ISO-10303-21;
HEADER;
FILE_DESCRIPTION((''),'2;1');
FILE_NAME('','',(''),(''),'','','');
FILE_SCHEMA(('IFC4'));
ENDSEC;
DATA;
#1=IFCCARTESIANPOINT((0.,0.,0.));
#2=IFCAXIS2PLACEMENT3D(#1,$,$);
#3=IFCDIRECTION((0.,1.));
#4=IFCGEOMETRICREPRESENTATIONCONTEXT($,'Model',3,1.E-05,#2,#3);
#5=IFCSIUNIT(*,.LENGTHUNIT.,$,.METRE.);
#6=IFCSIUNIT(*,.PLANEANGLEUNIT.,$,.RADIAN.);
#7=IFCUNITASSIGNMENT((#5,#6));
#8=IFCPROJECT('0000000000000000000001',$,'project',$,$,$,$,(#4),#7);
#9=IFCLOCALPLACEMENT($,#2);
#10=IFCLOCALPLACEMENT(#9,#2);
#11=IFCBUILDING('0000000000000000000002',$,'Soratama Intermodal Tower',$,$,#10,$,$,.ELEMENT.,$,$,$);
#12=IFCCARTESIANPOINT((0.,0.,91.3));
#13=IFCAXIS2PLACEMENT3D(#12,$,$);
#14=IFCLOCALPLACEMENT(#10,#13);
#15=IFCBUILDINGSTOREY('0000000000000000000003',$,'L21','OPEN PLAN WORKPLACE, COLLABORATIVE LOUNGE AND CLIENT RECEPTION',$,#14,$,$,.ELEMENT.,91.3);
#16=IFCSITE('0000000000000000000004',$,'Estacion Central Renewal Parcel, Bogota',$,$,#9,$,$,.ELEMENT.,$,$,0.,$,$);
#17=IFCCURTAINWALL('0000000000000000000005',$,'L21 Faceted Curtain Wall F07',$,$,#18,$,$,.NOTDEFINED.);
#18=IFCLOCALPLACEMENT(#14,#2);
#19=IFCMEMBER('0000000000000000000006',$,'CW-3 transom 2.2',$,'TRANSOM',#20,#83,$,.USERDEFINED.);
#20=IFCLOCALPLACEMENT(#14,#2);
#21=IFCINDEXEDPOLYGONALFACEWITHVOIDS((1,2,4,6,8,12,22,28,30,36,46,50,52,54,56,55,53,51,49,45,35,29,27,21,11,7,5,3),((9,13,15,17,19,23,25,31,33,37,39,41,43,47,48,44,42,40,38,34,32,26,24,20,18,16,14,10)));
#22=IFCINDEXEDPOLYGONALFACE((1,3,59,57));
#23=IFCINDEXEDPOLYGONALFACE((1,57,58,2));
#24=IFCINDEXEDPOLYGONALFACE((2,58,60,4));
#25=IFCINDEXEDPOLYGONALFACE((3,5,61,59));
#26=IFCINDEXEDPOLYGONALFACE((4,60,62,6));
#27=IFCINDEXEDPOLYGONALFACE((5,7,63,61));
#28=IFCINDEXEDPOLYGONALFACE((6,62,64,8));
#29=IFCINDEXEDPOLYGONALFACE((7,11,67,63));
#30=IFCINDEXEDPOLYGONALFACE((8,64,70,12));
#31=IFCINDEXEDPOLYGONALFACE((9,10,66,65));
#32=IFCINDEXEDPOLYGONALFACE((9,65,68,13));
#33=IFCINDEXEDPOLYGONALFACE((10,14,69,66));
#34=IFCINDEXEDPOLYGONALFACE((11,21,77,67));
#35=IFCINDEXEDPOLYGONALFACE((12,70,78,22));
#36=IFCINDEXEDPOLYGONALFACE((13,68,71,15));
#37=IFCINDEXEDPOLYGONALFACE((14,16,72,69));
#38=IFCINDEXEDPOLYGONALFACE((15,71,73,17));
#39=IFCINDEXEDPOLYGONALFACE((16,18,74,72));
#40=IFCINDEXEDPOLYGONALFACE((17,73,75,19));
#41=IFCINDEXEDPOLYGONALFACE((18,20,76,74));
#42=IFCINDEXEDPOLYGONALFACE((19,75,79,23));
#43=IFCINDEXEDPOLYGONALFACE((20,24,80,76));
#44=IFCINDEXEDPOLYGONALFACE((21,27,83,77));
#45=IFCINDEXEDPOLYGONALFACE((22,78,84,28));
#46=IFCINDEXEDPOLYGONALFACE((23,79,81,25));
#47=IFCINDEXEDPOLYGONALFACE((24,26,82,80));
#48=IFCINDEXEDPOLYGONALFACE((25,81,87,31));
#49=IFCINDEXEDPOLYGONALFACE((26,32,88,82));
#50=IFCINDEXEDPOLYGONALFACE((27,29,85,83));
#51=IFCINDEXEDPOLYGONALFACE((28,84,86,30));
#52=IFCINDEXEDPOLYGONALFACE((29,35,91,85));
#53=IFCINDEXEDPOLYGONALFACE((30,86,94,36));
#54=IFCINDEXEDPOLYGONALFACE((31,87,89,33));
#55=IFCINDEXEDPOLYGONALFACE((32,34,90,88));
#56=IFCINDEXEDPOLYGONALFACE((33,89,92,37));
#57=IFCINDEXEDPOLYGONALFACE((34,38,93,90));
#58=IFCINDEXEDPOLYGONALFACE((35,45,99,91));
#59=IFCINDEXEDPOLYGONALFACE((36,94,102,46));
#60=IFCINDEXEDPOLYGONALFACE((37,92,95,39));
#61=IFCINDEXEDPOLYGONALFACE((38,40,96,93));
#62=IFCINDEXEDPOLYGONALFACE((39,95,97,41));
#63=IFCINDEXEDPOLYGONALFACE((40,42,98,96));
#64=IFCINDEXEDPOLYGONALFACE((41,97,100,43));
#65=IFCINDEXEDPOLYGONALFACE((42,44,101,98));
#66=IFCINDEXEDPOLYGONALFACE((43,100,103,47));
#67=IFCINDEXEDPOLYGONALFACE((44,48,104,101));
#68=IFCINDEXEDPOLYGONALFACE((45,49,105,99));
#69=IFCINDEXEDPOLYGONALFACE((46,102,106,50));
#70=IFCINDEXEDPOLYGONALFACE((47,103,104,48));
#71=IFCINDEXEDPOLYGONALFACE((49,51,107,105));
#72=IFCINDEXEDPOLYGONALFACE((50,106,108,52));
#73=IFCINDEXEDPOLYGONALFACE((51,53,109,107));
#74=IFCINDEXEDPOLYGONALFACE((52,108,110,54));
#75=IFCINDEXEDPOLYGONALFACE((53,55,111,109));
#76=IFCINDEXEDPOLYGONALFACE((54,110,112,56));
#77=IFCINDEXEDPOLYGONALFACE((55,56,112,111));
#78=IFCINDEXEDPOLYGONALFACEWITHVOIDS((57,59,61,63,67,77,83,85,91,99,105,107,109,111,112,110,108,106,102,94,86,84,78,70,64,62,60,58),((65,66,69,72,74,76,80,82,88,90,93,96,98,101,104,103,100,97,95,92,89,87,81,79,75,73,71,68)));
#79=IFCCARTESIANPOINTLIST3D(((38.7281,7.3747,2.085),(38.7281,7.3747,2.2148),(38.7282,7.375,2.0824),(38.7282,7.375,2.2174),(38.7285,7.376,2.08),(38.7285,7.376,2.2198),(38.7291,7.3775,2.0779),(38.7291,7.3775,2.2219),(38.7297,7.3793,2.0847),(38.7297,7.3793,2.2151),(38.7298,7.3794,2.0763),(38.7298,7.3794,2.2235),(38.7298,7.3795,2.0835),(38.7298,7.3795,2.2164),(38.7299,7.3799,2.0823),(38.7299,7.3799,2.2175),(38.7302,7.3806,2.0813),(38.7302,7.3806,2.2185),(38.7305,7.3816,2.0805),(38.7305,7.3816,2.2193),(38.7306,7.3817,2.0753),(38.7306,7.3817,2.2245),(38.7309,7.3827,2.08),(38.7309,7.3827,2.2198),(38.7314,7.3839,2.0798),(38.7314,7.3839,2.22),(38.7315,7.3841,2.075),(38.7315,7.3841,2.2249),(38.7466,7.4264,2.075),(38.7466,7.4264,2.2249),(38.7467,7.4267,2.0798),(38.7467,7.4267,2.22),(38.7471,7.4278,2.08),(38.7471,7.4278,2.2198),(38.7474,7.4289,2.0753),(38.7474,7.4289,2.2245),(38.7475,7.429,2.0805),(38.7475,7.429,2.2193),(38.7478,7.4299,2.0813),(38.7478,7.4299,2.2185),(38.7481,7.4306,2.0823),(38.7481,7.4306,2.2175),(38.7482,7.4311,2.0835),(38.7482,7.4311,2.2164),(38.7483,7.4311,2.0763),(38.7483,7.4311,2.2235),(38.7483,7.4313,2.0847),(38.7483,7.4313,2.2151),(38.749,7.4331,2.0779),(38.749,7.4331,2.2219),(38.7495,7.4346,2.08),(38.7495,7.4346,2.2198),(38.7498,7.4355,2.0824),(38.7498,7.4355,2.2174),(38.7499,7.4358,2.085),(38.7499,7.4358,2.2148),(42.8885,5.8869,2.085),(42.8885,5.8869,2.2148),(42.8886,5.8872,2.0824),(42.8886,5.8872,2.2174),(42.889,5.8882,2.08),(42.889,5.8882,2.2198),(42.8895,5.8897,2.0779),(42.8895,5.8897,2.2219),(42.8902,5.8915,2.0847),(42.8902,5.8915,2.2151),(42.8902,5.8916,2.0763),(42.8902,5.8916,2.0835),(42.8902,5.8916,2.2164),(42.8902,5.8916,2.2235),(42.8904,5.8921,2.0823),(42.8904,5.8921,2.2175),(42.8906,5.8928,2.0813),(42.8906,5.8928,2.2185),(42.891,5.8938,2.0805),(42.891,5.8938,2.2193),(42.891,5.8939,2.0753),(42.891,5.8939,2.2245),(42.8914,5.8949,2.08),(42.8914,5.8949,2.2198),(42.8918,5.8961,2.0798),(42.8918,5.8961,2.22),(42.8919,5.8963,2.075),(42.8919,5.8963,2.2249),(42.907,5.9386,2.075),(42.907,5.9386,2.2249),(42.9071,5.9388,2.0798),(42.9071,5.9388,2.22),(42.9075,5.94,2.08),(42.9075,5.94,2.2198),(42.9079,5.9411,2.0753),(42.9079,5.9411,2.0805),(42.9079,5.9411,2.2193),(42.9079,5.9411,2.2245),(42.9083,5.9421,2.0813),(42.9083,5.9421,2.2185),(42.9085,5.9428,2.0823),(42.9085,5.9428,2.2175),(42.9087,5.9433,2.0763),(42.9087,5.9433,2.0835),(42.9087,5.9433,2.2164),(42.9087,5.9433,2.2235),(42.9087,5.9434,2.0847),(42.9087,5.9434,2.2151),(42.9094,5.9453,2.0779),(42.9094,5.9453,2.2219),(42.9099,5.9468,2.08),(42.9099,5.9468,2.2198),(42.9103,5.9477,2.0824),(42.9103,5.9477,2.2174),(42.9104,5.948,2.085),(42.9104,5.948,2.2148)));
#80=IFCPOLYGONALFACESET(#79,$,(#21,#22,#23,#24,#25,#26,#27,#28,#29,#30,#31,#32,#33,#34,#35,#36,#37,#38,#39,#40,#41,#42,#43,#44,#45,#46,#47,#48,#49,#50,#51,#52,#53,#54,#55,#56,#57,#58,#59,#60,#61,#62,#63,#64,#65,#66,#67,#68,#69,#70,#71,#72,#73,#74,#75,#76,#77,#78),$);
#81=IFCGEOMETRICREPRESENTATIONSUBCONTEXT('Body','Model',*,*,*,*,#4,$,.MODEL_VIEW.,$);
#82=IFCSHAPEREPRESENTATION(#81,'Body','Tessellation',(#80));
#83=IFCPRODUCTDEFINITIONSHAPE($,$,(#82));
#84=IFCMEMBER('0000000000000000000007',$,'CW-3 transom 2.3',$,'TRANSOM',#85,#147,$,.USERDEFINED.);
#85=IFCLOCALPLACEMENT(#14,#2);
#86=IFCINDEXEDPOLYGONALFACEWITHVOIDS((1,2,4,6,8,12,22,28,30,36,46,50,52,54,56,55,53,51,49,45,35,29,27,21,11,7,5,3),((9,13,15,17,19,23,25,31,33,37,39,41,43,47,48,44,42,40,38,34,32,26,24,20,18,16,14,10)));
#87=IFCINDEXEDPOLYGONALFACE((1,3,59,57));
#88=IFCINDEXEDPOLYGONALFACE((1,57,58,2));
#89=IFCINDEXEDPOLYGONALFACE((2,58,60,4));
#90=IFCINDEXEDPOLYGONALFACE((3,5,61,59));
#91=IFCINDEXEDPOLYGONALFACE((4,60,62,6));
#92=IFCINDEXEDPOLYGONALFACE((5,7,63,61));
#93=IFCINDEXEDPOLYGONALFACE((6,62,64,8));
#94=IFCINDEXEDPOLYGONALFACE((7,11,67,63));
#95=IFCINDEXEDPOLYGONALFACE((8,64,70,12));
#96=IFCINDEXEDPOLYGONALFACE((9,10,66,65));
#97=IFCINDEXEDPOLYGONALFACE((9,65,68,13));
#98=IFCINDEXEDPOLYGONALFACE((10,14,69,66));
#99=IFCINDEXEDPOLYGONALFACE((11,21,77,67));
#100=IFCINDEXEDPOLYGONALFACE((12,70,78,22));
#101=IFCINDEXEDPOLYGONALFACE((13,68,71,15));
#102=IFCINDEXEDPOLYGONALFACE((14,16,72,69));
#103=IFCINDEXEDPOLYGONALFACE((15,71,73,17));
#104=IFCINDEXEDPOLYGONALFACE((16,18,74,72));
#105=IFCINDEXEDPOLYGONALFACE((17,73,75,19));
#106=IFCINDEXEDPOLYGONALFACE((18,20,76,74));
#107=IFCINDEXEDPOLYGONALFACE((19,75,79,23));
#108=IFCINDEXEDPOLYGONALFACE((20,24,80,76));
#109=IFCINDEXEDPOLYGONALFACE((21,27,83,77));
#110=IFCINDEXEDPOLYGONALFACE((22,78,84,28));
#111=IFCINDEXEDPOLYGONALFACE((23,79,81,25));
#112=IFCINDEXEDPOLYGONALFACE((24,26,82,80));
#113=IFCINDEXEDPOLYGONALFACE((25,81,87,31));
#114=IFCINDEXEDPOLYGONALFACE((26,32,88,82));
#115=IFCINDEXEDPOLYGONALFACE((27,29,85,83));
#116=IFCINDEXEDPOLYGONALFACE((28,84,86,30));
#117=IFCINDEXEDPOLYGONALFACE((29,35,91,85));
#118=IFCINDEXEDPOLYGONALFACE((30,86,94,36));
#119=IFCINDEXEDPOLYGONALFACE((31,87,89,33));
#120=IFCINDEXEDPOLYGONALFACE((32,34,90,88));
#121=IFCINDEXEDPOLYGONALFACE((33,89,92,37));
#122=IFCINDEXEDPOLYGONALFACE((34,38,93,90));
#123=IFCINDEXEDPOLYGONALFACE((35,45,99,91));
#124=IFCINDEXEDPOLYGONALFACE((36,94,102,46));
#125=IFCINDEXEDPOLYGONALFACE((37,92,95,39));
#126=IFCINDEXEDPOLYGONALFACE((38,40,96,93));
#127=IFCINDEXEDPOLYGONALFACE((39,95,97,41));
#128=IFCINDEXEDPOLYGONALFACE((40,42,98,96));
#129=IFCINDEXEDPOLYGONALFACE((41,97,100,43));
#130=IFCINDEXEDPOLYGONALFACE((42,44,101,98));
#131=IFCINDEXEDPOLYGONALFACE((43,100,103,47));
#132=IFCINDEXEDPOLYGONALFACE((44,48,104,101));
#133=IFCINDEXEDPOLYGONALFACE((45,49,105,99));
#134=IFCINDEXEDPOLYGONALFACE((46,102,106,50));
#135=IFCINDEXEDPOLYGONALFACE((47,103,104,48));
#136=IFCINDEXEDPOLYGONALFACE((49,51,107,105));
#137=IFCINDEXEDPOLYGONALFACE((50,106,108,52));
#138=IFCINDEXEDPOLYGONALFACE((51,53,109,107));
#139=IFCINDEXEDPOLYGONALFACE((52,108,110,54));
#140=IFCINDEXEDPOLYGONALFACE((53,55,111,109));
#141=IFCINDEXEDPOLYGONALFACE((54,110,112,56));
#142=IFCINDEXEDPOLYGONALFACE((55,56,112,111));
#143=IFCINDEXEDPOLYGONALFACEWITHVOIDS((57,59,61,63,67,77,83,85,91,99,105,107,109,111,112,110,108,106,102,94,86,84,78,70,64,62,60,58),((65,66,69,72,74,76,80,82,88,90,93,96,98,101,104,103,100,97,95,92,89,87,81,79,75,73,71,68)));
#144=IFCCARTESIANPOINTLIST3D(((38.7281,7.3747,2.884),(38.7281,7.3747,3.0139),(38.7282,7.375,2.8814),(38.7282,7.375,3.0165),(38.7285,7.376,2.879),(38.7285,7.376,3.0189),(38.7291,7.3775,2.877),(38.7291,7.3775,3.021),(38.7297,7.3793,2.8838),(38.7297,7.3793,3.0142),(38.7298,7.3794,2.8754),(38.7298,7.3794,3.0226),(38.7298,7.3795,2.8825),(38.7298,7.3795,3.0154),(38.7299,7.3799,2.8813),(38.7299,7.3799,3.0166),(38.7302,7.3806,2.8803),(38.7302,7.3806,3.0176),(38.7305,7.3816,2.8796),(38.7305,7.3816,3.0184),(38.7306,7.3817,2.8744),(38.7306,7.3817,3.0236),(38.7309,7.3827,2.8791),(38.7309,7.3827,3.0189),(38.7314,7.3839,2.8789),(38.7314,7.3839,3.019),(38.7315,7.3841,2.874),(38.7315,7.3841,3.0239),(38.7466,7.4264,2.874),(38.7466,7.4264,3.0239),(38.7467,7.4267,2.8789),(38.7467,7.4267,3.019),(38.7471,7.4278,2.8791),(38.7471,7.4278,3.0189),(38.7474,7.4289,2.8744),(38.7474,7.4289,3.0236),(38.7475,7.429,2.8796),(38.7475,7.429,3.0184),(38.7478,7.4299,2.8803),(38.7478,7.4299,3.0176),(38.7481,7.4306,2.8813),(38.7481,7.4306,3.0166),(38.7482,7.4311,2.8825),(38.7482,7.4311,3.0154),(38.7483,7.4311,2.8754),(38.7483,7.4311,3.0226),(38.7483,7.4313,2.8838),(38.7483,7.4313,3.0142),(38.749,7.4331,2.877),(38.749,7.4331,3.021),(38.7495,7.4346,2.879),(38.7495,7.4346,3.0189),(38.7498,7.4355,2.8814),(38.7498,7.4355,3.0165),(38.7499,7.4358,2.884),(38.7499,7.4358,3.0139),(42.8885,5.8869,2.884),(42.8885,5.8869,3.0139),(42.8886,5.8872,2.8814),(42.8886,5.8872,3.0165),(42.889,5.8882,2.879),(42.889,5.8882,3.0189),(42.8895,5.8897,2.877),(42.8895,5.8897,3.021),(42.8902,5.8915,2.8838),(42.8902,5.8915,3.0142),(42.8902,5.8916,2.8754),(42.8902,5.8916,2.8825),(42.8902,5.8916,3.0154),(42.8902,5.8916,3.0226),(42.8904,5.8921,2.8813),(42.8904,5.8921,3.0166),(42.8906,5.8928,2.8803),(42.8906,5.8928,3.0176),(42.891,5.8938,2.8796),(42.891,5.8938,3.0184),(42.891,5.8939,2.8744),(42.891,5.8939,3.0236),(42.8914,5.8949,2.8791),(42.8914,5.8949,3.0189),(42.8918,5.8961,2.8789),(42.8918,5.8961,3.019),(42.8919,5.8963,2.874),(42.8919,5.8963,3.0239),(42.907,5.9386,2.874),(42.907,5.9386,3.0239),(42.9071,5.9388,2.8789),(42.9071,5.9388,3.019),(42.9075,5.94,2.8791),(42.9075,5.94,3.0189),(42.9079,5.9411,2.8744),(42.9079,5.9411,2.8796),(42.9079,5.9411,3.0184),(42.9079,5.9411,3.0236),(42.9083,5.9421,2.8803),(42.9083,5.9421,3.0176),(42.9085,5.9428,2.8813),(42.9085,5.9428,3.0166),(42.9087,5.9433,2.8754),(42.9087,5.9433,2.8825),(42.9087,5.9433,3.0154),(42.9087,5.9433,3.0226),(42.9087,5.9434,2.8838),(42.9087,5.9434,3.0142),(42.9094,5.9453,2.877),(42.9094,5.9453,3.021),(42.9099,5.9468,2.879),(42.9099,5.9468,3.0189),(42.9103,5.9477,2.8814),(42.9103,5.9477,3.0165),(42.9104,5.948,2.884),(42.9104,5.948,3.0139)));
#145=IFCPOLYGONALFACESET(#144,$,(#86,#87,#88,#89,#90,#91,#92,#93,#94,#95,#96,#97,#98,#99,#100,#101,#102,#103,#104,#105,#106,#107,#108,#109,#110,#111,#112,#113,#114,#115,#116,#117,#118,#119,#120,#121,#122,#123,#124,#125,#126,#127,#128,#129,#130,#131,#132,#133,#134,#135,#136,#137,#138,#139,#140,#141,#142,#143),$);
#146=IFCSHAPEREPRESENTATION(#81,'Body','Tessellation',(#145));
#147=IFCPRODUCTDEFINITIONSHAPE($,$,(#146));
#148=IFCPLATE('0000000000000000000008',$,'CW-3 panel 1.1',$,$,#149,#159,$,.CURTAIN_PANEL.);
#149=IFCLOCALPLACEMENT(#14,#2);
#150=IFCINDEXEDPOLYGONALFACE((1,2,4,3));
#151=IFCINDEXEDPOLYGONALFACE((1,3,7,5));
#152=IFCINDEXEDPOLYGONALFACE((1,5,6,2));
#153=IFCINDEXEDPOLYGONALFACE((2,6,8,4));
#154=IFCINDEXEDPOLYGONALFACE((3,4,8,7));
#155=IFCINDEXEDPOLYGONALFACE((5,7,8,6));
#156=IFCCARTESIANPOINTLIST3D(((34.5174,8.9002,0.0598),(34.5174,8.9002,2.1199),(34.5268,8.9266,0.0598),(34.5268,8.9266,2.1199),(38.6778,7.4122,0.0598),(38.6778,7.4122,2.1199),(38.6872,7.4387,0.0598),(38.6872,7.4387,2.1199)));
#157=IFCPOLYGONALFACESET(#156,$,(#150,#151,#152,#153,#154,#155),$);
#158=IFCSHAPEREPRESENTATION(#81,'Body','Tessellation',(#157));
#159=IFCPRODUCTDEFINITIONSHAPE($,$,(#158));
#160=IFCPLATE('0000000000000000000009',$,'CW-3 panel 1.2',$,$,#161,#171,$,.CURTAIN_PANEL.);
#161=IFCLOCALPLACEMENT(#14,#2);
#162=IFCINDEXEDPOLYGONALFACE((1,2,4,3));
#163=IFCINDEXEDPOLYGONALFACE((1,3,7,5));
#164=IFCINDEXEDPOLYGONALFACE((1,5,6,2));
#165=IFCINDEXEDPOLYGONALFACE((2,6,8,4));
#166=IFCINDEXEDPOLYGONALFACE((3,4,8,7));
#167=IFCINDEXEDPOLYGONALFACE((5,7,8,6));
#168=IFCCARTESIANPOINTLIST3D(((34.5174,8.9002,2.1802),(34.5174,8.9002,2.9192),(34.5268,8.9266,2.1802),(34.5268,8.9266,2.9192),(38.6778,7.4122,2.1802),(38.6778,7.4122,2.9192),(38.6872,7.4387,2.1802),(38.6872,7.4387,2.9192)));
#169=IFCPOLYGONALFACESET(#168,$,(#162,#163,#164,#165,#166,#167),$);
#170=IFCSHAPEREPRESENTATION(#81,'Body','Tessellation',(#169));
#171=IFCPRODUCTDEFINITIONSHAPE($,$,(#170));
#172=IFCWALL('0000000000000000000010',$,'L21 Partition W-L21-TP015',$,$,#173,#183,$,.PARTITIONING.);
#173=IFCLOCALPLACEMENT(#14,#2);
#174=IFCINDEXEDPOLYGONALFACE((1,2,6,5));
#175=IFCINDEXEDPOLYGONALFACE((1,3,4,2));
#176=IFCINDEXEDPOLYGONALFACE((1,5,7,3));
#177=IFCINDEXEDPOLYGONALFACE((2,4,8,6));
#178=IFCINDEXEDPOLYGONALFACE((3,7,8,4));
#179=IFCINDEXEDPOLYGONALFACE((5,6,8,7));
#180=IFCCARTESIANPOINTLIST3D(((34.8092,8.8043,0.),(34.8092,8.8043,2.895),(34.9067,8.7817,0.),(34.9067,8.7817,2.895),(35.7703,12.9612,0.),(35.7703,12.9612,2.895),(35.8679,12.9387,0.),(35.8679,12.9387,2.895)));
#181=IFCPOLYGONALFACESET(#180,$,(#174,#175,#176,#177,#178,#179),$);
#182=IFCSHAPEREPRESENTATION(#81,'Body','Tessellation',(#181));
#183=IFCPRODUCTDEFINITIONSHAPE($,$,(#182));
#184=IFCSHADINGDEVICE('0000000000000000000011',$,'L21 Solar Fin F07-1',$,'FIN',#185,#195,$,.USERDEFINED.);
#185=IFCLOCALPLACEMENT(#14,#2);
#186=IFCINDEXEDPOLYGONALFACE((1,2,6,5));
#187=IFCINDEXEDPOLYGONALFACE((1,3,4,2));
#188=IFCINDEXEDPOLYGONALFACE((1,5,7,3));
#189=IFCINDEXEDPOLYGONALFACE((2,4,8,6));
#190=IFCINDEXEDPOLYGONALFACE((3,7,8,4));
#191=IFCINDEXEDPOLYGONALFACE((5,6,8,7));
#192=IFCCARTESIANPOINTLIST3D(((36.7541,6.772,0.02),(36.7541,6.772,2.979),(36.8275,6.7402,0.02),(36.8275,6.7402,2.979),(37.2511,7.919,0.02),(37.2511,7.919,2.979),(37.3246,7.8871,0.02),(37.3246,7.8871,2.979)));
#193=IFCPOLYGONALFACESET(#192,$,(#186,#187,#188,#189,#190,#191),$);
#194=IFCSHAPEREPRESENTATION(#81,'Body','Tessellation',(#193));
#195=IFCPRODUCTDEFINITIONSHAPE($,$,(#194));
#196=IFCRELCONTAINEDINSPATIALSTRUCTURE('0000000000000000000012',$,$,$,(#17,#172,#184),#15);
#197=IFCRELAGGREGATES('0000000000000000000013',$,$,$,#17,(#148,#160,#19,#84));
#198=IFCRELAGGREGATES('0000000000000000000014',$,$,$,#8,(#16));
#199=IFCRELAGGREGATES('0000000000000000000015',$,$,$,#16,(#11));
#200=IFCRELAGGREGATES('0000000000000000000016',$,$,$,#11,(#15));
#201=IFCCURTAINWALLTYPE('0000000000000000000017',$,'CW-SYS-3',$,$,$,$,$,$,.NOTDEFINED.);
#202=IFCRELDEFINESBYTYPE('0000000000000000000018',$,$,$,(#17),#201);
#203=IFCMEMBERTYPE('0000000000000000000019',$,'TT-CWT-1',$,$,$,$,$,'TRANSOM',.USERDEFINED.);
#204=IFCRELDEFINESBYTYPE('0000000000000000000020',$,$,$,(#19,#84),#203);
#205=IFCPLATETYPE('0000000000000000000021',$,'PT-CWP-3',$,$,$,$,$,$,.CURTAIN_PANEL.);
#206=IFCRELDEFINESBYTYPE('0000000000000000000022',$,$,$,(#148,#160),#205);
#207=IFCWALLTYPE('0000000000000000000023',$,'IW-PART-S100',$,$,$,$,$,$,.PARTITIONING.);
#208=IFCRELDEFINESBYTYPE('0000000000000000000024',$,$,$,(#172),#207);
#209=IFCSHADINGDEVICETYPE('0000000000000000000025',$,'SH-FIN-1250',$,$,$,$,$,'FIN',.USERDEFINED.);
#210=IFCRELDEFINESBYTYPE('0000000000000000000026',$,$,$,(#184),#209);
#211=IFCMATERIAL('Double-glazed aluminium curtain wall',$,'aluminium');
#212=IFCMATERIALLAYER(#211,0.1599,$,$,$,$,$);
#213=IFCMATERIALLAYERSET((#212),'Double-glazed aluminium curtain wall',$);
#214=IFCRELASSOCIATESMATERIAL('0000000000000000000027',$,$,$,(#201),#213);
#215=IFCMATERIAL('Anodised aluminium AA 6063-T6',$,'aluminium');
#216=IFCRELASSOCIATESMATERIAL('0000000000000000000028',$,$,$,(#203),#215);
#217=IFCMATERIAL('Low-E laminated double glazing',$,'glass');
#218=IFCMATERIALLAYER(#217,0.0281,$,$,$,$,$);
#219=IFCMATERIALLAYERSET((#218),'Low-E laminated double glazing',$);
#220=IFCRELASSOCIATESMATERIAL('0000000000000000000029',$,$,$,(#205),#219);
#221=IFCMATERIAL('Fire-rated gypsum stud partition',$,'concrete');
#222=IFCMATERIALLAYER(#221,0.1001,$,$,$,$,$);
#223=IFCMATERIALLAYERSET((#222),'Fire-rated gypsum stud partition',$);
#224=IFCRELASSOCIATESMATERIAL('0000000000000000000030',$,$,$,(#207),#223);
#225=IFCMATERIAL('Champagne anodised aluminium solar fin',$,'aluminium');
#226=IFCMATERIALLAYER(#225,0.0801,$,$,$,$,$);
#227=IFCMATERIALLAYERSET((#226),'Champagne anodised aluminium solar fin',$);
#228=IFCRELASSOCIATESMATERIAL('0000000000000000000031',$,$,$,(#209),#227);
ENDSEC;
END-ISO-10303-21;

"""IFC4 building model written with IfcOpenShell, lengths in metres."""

from ifc_helpers import new_model, si_unit, direction, frame, frame_2d, origin, origin_2d, place, context, subcontext, project, spatial, rectangle, hollow_rectangle, extrude, material, layer, layer_set, material_profile, profile_set, type_object, element, aggregate, save


model = new_model("IFC4")

# Units and contexts
model_context = context("Model", 3, precision=1e-05, world=origin(), true_north=direction((0.0, 1.0)))
body_context = subcontext(model_context, "Body", "Model", "MODEL_VIEW")
ifc_project = project(units=[si_unit("LENGTHUNIT", "METRE"), si_unit("PLANEANGLEUNIT", "RADIAN")], contexts=[model_context])

# Site, building, storey
site_placement = place(None, origin())
site = spatial("IfcSite", under=ifc_project, at=site_placement, Name="Estacion Central Renewal Parcel, Bogota", CompositionType="ELEMENT", RefElevation=0.0)
building_placement = place(site_placement, origin())
building = spatial("IfcBuilding", under=site, at=building_placement, Name="Soratama Intermodal Tower", CompositionType="ELEMENT")
storey_placement = place(building_placement, frame((0.0, 0.0, 91.3)))
storey = spatial("IfcBuildingStorey", under=building, at=storey_placement, Name="L21", Description="OPEN PLAN WORKPLACE, COLLABORATIVE LOUNGE AND CLIENT RECEPTION", CompositionType="ELEMENT", Elevation=91.3)

# Curtain wall, members, plates
ifc_material_1 = material(Name="Double-glazed aluminium curtain wall", Category="aluminium")
ifc_layer_1 = layer(ifc_material_1, 0.1599)
ifc_layer_set_1 = layer_set([ifc_layer_1], Name="Double-glazed aluminium curtain wall")
curtain_wall_type = type_object("IfcCurtainWallType", Name="CW-SYS-3", PredefinedType="NOTDEFINED", material=ifc_layer_set_1)
curtain_wall_placement = place(storey_placement, origin())
curtain_wall = element("IfcCurtainWall", 1, at=curtain_wall_placement, inside=storey, type_object=curtain_wall_type, Name="L21 Faceted Curtain Wall F07", PredefinedType="NOTDEFINED")
ifc_material_2 = material(Name="Anodised aluminium AA 6063-T6", Category="aluminium")
ifc_material_profile_1 = material_profile(ifc_material_2, hollow_rectangle(XDim=0.0649, YDim=0.1499, WallThickness=0.0049, InnerFilletRadius=0.0049, OuterFilletRadius=0.01, at=origin_2d()), Name="CWT150X65X5")
ifc_profile_set_1 = profile_set([ifc_material_profile_1], Name="Anodised aluminium AA 6063-T6")
member_type_1 = type_object("IfcMemberType", Name="TT-CWT-1", ElementType="TRANSOM", PredefinedType="USERDEFINED", material=ifc_profile_set_1)
member_1_placement = place(storey_placement, frame((38.739, 7.4053, 2.1499), z_axis=(0.941603, -0.336725, 0.0), x_axis=(0.336725, 0.941603, 0.0)))
member_1 = element("IfcMember", 2, at=member_1_placement, type_object=member_type_1, Name="CW-3 transom 2.2", ObjectType="TRANSOM", PredefinedType="USERDEFINED", context=body_context, shape_type="SweptSolid", body=[
    extrude(hollow_rectangle(XDim=0.0649, YDim=0.1499, WallThickness=0.0049, InnerFilletRadius=0.0049, OuterFilletRadius=0.01, at=origin_2d()), origin(), (0.0, 0.0, 1.0), 4.4185),
])
member_2_placement = place(storey_placement, frame((38.739, 7.4053, 2.949), z_axis=(0.941603, -0.336725, 0.0), x_axis=(0.336725, 0.941603, 0.0)))
member_2 = element("IfcMember", 3, at=member_2_placement, type_object=member_type_1, Name="CW-3 transom 2.3", ObjectType="TRANSOM", PredefinedType="USERDEFINED", context=body_context, shape_type="SweptSolid", body=[
    extrude(hollow_rectangle(XDim=0.0649, YDim=0.1499, WallThickness=0.0049, InnerFilletRadius=0.0049, OuterFilletRadius=0.01, at=origin_2d()), origin(), (0.0, 0.0, 1.0), 4.4185),
])
ifc_material_3 = material(Name="Low-E laminated double glazing", Category="glass")
ifc_layer_2 = layer(ifc_material_3, 0.0281)
ifc_layer_set_2 = layer_set([ifc_layer_2], Name="Low-E laminated double glazing")
plate_type = type_object("IfcPlateType", Name="PT-CWP-3", PredefinedType="CURTAIN_PANEL", material=ifc_layer_set_2)
plate_1_placement = place(storey_placement, frame((36.6023, 8.1694, 0.0598), z_axis=(0.0, 0.0, 1.0), x_axis=(0.94159, -0.336761, 0.0)))
plate_1 = element("IfcPlate", 4, at=plate_1_placement, type_object=plate_type, Name="CW-3 panel 1.1", PredefinedType="CURTAIN_PANEL", context=body_context, shape_type="SweptSolid", body=[
    extrude(rectangle(XDim=4.4185, YDim=0.0281, at=origin_2d()), origin(), (0.0, 0.0, 1.0), 2.0601),
])
plate_2_placement = place(storey_placement, frame((36.6023, 8.1694, 2.1802), z_axis=(0.0, 0.0, 1.0), x_axis=(0.94159, -0.336761, 0.0)))
plate_2 = element("IfcPlate", 5, at=plate_2_placement, type_object=plate_type, Name="CW-3 panel 1.2", PredefinedType="CURTAIN_PANEL", context=body_context, shape_type="SweptSolid", body=[
    extrude(rectangle(XDim=4.4185, YDim=0.0281, at=origin_2d()), origin(), (0.0, 0.0, 1.0), 0.739),
])
aggregate(curtain_wall, [plate_1, plate_2, member_1, member_2])

# Wall
ifc_material_4 = material(Name="Fire-rated gypsum stud partition", Category="concrete")
ifc_layer_3 = layer(ifc_material_4, 0.1001)
ifc_layer_set_3 = layer_set([ifc_layer_3], Name="Fire-rated gypsum stud partition")
wall_type_1 = type_object("IfcWallType", Name="IW-PART-S100", PredefinedType="PARTITIONING", material=ifc_layer_set_3)
wall_1_placement = place(storey_placement, frame((35.8191, 12.95, 0.0), z_axis=(0.0, 0.0, 1.0), x_axis=(-0.225277, -0.974295, 0.0)))
element("IfcWall", 6, at=wall_1_placement, inside=storey, type_object=wall_type_1, Name="L21 Partition W-L21-TP015", PredefinedType="PARTITIONING", context=body_context, shape_type="SweptSolid", body=[
    extrude(rectangle(XDim=4.2666, YDim=0.1001, at=frame_2d((2.1333, 0.0))), origin(), (0.0, 0.0, 1.0), 2.895),
])

# Shading device
ifc_material_5 = material(Name="Champagne anodised aluminium solar fin", Category="aluminium")
ifc_layer_4 = layer(ifc_material_5, 0.0801)
ifc_layer_set_4 = layer_set([ifc_layer_4], Name="Champagne anodised aluminium solar fin")
shading_device_type = type_object("IfcShadingDeviceType", Name="SH-FIN-1250", ElementType="FIN", PredefinedType="USERDEFINED", material=ifc_layer_set_4)
shading_device_placement = place(storey_placement, frame((37.0393, 7.3296, 0.02), z_axis=(0.0, 0.0, 1.0), x_axis=(-0.397628, -0.917547, 0.0)))
element("IfcShadingDevice", 7, at=shading_device_placement, inside=storey, type_object=shading_device_type, Name="L21 Solar Fin F07-1", ObjectType="FIN", PredefinedType="USERDEFINED", context=body_context, shape_type="SweptSolid", body=[
    extrude(rectangle(XDim=1.25, YDim=0.0801, at=origin_2d()), origin(), (0.0, 0.0, 1.0), 2.959),
])

save(model, "model.ifc")
